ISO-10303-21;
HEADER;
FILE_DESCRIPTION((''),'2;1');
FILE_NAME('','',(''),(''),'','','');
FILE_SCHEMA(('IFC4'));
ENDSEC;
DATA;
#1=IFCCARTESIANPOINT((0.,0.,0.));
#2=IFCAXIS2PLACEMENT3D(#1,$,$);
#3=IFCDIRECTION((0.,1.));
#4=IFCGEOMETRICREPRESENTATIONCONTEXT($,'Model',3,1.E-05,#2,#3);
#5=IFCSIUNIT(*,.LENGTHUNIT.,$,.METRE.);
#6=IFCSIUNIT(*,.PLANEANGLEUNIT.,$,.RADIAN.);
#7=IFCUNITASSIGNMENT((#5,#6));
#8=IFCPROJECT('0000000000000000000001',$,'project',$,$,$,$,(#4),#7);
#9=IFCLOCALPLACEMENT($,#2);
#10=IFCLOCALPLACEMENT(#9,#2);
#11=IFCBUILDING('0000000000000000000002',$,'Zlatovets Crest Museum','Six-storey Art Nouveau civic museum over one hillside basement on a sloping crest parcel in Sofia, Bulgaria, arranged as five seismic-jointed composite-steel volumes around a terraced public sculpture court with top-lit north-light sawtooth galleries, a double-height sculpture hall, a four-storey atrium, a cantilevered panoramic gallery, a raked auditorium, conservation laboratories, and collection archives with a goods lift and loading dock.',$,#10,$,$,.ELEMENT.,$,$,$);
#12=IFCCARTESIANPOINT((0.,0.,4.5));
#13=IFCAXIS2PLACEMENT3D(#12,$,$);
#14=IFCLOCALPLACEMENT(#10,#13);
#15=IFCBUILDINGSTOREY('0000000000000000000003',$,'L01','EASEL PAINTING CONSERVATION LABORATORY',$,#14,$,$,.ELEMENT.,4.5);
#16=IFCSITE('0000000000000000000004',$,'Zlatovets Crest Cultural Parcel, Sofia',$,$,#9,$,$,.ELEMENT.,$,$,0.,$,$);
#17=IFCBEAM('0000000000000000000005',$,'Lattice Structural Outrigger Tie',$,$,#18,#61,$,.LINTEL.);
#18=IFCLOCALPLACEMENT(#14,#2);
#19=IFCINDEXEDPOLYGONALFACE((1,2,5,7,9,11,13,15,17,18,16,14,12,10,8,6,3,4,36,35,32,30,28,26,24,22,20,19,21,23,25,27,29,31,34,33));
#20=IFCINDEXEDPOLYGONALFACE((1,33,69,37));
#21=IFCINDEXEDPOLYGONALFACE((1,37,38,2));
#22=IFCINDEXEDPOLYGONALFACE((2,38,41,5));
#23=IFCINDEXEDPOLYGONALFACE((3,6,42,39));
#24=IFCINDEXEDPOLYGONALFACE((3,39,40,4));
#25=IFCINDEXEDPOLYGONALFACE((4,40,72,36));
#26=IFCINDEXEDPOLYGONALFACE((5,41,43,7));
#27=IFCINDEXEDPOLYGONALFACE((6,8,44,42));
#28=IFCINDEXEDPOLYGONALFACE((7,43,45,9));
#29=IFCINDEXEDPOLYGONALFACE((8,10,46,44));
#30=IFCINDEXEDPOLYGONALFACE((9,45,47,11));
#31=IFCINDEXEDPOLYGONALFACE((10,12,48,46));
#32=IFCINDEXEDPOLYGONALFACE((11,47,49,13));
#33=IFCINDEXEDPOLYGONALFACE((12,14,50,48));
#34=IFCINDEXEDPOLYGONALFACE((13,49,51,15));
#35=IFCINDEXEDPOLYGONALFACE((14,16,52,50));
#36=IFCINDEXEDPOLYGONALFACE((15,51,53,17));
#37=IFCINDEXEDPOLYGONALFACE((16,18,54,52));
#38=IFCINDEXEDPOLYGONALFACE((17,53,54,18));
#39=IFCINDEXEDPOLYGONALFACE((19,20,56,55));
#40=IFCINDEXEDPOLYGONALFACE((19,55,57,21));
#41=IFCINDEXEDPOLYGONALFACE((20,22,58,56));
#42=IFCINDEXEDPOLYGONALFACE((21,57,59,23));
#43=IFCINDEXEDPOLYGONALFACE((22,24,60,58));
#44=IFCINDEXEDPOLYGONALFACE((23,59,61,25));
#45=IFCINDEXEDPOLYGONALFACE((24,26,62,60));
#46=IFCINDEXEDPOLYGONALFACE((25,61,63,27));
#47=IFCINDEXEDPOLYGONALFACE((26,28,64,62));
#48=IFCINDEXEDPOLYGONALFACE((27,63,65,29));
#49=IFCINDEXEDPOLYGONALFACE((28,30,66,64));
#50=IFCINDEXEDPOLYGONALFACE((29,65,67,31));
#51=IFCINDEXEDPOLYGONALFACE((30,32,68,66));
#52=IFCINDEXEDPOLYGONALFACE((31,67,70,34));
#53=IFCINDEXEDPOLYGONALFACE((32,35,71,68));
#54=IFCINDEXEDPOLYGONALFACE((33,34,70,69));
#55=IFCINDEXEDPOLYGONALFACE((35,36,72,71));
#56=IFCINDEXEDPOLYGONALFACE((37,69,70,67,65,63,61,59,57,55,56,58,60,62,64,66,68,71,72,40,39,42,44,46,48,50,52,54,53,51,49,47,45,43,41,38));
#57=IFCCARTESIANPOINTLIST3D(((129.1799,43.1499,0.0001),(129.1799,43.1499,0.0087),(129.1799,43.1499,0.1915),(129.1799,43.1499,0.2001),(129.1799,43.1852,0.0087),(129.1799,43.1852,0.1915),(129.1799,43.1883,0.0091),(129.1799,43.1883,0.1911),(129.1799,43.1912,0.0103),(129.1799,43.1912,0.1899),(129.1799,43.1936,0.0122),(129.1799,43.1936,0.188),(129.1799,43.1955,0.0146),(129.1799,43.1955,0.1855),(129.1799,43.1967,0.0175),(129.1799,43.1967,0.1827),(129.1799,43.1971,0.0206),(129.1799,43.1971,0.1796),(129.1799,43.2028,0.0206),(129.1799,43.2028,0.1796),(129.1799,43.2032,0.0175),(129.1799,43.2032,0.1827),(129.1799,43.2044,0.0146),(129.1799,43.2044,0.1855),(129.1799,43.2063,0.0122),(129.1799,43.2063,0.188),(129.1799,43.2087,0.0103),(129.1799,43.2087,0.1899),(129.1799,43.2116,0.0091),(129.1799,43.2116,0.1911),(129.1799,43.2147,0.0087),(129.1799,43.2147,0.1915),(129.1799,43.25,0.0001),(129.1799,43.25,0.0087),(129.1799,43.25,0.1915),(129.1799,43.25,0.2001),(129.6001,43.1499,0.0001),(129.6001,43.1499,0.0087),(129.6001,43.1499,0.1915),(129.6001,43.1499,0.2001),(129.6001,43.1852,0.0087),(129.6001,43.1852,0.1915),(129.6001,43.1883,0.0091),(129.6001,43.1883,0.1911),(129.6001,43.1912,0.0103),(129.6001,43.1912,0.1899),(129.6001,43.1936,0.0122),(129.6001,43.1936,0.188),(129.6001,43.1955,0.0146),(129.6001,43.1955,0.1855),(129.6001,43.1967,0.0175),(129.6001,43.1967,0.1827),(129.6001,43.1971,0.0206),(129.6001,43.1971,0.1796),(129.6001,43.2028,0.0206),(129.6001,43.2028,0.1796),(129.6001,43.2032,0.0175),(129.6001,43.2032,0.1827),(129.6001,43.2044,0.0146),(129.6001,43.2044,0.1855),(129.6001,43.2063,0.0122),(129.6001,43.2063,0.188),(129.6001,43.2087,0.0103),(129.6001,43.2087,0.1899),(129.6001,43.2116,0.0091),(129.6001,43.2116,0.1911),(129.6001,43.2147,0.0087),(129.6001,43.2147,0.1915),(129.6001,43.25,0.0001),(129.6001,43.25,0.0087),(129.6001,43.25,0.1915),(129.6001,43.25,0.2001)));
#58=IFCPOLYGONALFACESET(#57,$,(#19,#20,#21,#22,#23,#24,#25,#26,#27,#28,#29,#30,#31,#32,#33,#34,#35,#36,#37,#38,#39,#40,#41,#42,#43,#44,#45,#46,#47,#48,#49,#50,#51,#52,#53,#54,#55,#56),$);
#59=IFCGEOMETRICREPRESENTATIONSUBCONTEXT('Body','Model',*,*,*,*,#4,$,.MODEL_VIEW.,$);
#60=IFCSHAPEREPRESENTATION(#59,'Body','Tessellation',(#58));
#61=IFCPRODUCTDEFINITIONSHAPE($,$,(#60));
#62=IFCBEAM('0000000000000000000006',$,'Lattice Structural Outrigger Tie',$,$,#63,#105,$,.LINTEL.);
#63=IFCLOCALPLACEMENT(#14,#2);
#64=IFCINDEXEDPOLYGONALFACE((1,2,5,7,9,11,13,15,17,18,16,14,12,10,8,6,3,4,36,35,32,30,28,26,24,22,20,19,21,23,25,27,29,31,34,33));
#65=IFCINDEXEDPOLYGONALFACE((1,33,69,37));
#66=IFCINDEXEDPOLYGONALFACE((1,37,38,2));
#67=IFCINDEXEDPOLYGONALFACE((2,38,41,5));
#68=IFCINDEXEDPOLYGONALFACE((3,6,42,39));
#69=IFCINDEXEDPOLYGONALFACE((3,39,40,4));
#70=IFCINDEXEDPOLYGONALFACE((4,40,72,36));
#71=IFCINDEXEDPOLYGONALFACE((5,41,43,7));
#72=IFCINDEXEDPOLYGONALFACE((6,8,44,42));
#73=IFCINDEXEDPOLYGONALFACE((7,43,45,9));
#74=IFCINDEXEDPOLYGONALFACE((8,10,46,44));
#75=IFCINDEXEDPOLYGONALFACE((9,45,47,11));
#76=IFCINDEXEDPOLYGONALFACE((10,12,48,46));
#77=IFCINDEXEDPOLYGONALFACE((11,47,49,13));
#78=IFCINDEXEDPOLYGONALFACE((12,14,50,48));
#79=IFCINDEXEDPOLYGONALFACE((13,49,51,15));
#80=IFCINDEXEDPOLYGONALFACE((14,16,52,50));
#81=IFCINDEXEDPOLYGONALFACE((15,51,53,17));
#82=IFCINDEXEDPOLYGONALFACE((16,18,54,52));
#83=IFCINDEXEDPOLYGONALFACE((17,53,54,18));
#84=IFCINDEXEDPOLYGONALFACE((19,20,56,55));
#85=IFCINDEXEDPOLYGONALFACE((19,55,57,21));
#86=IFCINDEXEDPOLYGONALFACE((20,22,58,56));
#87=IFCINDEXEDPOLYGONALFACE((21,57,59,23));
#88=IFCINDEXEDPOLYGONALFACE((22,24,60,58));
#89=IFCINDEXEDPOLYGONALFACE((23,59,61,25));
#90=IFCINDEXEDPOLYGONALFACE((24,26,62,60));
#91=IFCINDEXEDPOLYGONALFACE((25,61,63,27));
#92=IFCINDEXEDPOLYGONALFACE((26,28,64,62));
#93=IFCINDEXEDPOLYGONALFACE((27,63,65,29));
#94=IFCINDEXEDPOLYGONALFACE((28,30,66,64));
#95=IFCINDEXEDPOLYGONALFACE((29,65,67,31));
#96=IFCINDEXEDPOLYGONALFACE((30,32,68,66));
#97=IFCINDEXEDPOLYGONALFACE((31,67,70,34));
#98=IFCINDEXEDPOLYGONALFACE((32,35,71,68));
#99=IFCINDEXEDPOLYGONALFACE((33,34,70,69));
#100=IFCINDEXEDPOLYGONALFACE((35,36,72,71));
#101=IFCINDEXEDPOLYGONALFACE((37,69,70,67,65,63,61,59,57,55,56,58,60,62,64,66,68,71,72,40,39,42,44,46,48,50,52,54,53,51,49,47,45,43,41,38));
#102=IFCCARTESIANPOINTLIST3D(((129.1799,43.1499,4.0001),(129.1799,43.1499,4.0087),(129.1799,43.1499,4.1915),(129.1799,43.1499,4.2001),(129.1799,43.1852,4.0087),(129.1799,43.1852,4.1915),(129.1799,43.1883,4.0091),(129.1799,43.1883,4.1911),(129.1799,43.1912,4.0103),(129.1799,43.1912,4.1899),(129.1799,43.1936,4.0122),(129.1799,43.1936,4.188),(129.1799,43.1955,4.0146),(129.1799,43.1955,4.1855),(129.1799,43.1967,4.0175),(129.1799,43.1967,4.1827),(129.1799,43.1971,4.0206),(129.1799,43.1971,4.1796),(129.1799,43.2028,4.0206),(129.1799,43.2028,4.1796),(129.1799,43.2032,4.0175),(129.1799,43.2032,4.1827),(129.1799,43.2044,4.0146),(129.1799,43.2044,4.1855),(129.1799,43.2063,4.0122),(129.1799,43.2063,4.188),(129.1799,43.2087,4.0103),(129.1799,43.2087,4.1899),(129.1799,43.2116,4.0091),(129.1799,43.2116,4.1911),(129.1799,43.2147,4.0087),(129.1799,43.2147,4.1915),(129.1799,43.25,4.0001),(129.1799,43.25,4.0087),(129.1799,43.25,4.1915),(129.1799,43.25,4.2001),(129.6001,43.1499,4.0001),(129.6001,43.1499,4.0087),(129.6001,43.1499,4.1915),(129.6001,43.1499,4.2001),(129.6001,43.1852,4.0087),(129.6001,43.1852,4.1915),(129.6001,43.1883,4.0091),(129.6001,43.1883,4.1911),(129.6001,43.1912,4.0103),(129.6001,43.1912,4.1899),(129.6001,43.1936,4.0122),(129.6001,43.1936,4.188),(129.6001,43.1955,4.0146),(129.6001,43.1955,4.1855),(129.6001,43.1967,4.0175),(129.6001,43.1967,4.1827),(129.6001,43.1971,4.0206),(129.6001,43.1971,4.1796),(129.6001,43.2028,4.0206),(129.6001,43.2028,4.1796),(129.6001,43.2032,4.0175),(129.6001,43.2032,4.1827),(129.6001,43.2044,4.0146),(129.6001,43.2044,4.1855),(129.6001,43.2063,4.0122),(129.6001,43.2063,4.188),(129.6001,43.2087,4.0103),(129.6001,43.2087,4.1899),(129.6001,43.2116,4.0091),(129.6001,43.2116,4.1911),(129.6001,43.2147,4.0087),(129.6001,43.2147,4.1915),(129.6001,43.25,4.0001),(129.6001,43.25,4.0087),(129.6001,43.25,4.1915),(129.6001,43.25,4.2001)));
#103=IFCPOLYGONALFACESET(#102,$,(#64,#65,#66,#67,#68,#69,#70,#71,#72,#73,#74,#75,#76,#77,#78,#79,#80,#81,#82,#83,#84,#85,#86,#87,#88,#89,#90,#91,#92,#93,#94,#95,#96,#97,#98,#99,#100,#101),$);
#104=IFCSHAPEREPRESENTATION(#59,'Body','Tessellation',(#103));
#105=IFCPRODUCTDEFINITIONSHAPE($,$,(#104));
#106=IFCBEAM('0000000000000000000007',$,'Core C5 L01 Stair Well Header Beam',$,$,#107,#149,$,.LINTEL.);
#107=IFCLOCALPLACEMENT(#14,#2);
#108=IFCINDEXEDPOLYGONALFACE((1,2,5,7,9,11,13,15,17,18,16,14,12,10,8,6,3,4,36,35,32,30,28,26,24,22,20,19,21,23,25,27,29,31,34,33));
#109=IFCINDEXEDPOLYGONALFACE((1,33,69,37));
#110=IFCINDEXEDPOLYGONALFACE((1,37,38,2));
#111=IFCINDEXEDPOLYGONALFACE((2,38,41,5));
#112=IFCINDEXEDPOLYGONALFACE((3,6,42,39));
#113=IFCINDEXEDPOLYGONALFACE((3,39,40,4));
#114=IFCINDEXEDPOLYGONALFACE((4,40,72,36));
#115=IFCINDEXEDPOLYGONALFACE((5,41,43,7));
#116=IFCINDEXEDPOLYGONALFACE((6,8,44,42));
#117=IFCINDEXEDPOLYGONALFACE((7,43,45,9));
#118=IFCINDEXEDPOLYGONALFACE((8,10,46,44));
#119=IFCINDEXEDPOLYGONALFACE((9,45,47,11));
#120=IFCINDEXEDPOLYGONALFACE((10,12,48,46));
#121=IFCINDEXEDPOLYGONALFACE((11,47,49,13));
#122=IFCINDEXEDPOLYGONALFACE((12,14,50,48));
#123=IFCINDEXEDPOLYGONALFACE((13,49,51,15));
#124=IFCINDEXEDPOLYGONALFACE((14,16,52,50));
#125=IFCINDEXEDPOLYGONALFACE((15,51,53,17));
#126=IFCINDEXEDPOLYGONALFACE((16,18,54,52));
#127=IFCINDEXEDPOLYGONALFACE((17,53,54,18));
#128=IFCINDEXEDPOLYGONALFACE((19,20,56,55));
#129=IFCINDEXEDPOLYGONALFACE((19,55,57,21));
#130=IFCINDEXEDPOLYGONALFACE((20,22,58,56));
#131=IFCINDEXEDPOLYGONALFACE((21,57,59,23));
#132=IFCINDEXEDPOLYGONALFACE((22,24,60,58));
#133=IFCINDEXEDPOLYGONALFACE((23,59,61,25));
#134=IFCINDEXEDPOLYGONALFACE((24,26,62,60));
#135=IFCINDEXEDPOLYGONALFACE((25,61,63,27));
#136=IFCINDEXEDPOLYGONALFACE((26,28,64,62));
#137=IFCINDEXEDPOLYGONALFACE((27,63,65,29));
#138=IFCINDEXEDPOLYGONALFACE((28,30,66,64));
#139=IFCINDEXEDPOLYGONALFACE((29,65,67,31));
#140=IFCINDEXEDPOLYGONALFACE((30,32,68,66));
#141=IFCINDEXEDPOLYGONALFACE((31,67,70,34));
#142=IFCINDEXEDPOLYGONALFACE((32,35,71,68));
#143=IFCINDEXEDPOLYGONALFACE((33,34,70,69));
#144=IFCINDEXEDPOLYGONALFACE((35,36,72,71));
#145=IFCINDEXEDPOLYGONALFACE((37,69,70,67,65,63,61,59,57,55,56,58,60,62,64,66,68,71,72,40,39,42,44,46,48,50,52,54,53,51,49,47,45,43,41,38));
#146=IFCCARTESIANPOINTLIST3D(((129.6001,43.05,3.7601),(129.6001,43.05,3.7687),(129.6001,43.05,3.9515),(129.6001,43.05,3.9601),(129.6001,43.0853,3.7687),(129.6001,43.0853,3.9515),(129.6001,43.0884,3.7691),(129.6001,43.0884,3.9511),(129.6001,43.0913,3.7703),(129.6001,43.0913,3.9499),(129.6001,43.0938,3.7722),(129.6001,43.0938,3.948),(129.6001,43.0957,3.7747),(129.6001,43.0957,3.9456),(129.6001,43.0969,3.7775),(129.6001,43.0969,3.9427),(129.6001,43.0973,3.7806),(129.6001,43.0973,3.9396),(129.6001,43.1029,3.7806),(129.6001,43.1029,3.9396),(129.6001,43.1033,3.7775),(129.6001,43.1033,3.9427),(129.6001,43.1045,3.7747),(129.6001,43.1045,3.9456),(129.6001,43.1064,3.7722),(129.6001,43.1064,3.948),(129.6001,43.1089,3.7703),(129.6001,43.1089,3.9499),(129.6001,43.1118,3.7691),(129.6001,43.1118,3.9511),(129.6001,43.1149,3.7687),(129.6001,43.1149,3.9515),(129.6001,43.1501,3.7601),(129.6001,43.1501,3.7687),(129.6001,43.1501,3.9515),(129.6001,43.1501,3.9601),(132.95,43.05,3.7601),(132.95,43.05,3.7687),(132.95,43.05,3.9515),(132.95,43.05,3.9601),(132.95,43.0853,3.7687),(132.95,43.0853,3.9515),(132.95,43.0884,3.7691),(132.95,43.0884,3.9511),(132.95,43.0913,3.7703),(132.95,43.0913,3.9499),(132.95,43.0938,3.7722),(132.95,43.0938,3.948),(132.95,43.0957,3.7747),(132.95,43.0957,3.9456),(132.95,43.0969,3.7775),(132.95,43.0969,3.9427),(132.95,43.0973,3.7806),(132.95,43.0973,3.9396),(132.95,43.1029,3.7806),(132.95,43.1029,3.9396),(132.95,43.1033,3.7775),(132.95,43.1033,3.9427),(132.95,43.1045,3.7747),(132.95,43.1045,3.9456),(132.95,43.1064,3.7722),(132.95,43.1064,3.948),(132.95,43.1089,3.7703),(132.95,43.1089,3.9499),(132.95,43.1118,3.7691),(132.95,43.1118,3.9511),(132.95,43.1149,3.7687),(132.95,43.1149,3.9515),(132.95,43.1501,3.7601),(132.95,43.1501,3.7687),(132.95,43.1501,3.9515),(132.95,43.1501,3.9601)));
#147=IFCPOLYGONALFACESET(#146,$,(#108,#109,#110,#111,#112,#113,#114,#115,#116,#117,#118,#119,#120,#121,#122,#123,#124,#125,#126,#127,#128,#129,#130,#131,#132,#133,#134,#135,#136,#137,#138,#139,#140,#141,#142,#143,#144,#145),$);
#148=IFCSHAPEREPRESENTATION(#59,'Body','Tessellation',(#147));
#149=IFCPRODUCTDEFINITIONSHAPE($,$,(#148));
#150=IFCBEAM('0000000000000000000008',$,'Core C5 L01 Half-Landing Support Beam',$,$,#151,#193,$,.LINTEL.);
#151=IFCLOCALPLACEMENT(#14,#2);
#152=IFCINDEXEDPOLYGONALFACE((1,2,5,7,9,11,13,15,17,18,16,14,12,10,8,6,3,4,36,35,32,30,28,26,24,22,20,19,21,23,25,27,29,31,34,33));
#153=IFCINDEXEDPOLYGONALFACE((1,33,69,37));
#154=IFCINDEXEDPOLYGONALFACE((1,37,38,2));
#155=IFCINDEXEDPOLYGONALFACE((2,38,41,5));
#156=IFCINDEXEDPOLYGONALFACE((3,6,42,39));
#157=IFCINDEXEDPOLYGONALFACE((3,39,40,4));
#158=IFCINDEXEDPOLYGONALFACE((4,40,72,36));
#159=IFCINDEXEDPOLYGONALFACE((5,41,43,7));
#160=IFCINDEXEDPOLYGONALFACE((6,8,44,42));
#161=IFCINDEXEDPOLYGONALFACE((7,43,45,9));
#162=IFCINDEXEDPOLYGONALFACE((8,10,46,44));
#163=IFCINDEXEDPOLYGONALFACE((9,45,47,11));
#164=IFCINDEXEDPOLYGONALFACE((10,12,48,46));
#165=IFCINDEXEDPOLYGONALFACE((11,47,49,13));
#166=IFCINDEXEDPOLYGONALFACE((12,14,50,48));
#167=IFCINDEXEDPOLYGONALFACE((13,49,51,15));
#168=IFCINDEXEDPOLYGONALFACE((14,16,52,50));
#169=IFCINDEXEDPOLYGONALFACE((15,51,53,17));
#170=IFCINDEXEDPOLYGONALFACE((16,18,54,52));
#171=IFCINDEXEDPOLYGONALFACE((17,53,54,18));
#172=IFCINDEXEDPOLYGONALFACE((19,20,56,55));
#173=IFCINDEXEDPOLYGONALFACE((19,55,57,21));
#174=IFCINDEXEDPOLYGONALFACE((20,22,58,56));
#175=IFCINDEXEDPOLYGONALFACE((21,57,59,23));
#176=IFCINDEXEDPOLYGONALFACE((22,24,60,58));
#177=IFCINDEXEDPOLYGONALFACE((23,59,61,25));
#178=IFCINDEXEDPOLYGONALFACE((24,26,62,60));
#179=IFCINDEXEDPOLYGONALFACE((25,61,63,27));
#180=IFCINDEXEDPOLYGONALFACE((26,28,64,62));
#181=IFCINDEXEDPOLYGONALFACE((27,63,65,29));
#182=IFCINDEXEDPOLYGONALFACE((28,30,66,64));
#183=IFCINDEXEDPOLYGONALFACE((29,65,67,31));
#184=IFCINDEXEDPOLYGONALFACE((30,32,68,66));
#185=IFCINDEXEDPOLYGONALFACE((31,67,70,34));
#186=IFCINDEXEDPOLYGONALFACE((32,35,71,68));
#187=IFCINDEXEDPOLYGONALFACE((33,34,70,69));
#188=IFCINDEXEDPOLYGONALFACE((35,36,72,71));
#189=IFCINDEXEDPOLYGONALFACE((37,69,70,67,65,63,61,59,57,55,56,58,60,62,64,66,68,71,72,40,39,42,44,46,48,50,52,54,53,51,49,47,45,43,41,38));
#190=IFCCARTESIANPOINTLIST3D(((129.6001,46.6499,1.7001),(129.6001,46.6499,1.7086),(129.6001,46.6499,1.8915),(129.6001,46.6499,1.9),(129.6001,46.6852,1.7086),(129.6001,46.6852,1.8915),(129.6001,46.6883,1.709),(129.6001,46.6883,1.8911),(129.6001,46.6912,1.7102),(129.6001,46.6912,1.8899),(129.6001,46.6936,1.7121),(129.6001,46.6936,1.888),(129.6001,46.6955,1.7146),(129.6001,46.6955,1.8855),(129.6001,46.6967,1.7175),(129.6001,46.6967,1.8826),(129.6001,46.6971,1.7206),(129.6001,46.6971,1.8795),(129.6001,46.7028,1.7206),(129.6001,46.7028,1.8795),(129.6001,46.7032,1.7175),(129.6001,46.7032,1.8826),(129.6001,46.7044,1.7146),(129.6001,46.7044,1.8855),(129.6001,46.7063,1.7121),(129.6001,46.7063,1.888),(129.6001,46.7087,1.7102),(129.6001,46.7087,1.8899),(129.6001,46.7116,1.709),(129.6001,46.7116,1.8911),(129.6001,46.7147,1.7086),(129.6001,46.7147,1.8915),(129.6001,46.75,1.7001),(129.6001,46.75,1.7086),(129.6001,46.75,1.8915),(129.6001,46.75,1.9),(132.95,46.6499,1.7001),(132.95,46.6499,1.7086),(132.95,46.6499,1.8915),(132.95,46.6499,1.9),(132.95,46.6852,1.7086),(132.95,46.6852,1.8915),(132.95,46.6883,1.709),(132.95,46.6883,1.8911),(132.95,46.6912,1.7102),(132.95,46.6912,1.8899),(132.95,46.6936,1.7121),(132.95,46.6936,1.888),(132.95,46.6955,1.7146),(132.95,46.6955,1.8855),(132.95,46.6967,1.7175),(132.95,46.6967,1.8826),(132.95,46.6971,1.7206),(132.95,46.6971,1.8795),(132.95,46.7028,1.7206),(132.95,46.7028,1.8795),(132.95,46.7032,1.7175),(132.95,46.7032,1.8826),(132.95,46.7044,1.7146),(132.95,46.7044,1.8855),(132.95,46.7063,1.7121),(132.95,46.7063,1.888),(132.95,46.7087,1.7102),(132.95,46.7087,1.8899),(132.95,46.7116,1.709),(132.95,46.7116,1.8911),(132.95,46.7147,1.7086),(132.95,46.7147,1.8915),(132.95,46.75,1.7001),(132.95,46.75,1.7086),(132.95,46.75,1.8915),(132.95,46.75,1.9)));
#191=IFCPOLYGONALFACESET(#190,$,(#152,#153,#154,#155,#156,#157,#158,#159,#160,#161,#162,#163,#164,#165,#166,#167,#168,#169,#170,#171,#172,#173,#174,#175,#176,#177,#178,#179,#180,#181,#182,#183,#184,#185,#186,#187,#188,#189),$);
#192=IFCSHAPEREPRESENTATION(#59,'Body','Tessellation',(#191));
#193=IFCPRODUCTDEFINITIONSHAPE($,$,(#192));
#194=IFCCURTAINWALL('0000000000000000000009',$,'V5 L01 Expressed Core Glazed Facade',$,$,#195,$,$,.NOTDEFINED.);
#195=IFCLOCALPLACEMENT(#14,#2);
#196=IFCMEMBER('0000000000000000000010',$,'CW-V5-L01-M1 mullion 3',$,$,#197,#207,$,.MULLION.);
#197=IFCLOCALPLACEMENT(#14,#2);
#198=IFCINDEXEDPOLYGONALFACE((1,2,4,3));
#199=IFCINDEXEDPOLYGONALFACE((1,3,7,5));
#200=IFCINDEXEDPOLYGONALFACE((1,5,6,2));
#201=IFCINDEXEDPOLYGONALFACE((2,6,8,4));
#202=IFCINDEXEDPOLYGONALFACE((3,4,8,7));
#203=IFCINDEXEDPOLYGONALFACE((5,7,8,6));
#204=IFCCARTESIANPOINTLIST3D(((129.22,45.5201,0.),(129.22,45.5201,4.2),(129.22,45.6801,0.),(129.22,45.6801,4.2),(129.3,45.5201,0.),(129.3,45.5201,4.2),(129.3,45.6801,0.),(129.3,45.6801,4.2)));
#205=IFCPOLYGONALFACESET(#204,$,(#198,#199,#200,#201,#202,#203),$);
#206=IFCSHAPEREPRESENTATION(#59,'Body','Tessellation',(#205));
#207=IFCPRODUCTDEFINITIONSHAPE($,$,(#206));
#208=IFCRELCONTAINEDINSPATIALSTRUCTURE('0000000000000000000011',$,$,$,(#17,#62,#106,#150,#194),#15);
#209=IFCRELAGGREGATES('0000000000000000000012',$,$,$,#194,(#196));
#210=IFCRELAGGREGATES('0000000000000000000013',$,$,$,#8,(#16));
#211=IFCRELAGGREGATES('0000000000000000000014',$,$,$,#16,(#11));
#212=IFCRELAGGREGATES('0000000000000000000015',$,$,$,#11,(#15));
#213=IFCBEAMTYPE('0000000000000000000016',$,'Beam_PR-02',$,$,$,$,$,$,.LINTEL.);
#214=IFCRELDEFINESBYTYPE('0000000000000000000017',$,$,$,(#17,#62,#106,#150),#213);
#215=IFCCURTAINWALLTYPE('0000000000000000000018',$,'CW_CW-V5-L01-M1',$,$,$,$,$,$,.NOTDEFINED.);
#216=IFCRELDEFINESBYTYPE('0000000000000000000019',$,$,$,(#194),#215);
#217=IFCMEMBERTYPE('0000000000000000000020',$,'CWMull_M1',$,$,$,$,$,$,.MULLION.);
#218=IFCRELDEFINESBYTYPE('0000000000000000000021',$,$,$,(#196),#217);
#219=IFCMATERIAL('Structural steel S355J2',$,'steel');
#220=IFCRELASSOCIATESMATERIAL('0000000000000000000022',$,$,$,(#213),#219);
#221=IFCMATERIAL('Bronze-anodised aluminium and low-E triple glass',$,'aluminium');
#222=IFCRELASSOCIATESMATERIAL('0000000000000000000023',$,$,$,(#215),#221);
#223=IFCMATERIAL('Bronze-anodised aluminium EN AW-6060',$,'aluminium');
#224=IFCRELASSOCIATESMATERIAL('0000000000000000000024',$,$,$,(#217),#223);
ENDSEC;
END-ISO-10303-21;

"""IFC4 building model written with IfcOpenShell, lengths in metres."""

from ifc_helpers import new_model, si_unit, direction, frame, origin, origin_2d, place, context, subcontext, project, spatial, rectangle, i_section, extrude, material, material_profile, profile_set, type_object, element, aggregate, save


model = new_model("IFC4")

# Units and contexts
model_context = context("Model", 3, precision=1e-05, world=origin(), true_north=direction((0.0, 1.0)))
body_context = subcontext(model_context, "Body", "Model", "MODEL_VIEW")
ifc_project = project(units=[si_unit("LENGTHUNIT", "METRE"), si_unit("PLANEANGLEUNIT", "RADIAN")], contexts=[model_context])

# Site, building, storey
site_placement = place(None, origin())
site = spatial("IfcSite", under=ifc_project, at=site_placement, Name="Zlatovets Crest Cultural Parcel, Sofia", CompositionType="ELEMENT", RefElevation=0.0)
building_placement = place(site_placement, origin())
building = spatial("IfcBuilding", under=site, at=building_placement, Name="Zlatovets Crest Museum", Description="Six-storey Art Nouveau civic museum over one hillside basement on a sloping crest parcel in Sofia, Bulgaria, arranged as five seismic-jointed composite-steel volumes around a terraced public sculpture court with top-lit north-light sawtooth galleries, a double-height sculpture hall, a four-storey atrium, a cantilevered panoramic gallery, a raked auditorium, conservation laboratories, and collection archives with a goods lift and loading dock.", CompositionType="ELEMENT")
storey_placement = place(building_placement, frame((0.0, 0.0, 4.5)))
storey = spatial("IfcBuildingStorey", under=building, at=storey_placement, Name="L01", Description="EASEL PAINTING CONSERVATION LABORATORY", CompositionType="ELEMENT", Elevation=4.5)

# Shared definitions
ifc_material_1 = material(Name="Structural steel S355J2", Category="steel")

# Beams
ifc_material_profile_1 = material_profile(ifc_material_1, i_section(OverallWidth=0.1001, OverallDepth=0.2, WebThickness=0.0056, FlangeThickness=0.0085, FilletRadius=0.012, at=origin_2d()), Name="IPE 200")
ifc_profile_set_1 = profile_set([ifc_material_profile_1], Name="Structural steel S355J2")
beam_type_1 = type_object("IfcBeamType", Name="Beam_PR-02", PredefinedType="LINTEL", material=ifc_profile_set_1)
for number, where, z_axis, x_axis, name in (
    (1, (129.6001, 43.2, 0.1001), (-1.0, 0.0, 0.0), (0.0, -1.0, 0.0), "Lattice Structural Outrigger Tie"),
    (2, (129.6001, 43.2, 4.1001), (-1.0, 0.0, 0.0), (0.0, -1.0, 0.0), "Lattice Structural Outrigger Tie"),
):
    element("IfcBeam", number, at=place(storey_placement, frame(where, z_axis=z_axis, x_axis=x_axis)), inside=storey, type_object=beam_type_1, Name=name, PredefinedType="LINTEL", context=body_context, shape_type="SweptSolid", body=[
        extrude(i_section(OverallWidth=0.1001, OverallDepth=0.2, WebThickness=0.0056, FlangeThickness=0.0085, FilletRadius=0.012, at=origin_2d()), origin(), (0.0, 0.0, 1.0), 0.4202),
    ])
for number, where, z_axis, x_axis, name in (
    (3, (129.6001, 43.1001, 3.8601), (1.0, 0.0, 0.0), (0.0, 1.0, 0.0), "Core C5 L01 Stair Well Header Beam"),
    (4, (129.6001, 46.7, 1.8), (1.0, 0.0, 0.0), (0.0, 1.0, 0.0), "Core C5 L01 Half-Landing Support Beam"),
):
    element("IfcBeam", number, at=place(storey_placement, frame(where, z_axis=z_axis, x_axis=x_axis)), inside=storey, type_object=beam_type_1, Name=name, PredefinedType="LINTEL", context=body_context, shape_type="SweptSolid", body=[
        extrude(i_section(OverallWidth=0.1001, OverallDepth=0.2, WebThickness=0.0056, FlangeThickness=0.0085, FilletRadius=0.012, at=origin_2d()), origin(), (0.0, 0.0, 1.0), 3.3499),
    ])

# Curtain wall, member
ifc_material_2 = material(Name="Bronze-anodised aluminium and low-E triple glass", Category="aluminium")
curtain_wall_type_1 = type_object("IfcCurtainWallType", Name="CW_CW-V5-L01-M1", PredefinedType="NOTDEFINED", material=ifc_material_2)
curtain_wall_1_placement = place(storey_placement, origin())
curtain_wall_1 = element("IfcCurtainWall", 5, at=curtain_wall_1_placement, inside=storey, type_object=curtain_wall_type_1, Name="V5 L01 Expressed Core Glazed Facade", PredefinedType="NOTDEFINED")
ifc_material_3 = material(Name="Bronze-anodised aluminium EN AW-6060", Category="aluminium")
ifc_material_profile_2 = material_profile(ifc_material_3, rectangle(XDim=0.0801, YDim=0.1599, at=origin_2d()), Name="ALU 80x160")
ifc_profile_set_2 = profile_set([ifc_material_profile_2], Name="Bronze-anodised aluminium EN AW-6060")
member_type_1 = type_object("IfcMemberType", Name="CWMull_M1", PredefinedType="MULLION", material=ifc_profile_set_2)
member_1_placement = place(storey_placement, frame((129.26, 45.6001, 0.0), z_axis=(0.0, 0.0, 1.0), x_axis=(1.0, 0.0, 0.0)))
member_1 = element("IfcMember", 6, at=member_1_placement, type_object=member_type_1, Name="CW-V5-L01-M1 mullion 3", PredefinedType="MULLION", context=body_context, shape_type="SweptSolid", body=[
    extrude(rectangle(XDim=0.0801, YDim=0.1599, at=origin_2d()), origin(), (0.0, 0.0, 1.0), 4.2),
])

aggregate(curtain_wall_1, [member_1])

save(model, "model.ifc")
